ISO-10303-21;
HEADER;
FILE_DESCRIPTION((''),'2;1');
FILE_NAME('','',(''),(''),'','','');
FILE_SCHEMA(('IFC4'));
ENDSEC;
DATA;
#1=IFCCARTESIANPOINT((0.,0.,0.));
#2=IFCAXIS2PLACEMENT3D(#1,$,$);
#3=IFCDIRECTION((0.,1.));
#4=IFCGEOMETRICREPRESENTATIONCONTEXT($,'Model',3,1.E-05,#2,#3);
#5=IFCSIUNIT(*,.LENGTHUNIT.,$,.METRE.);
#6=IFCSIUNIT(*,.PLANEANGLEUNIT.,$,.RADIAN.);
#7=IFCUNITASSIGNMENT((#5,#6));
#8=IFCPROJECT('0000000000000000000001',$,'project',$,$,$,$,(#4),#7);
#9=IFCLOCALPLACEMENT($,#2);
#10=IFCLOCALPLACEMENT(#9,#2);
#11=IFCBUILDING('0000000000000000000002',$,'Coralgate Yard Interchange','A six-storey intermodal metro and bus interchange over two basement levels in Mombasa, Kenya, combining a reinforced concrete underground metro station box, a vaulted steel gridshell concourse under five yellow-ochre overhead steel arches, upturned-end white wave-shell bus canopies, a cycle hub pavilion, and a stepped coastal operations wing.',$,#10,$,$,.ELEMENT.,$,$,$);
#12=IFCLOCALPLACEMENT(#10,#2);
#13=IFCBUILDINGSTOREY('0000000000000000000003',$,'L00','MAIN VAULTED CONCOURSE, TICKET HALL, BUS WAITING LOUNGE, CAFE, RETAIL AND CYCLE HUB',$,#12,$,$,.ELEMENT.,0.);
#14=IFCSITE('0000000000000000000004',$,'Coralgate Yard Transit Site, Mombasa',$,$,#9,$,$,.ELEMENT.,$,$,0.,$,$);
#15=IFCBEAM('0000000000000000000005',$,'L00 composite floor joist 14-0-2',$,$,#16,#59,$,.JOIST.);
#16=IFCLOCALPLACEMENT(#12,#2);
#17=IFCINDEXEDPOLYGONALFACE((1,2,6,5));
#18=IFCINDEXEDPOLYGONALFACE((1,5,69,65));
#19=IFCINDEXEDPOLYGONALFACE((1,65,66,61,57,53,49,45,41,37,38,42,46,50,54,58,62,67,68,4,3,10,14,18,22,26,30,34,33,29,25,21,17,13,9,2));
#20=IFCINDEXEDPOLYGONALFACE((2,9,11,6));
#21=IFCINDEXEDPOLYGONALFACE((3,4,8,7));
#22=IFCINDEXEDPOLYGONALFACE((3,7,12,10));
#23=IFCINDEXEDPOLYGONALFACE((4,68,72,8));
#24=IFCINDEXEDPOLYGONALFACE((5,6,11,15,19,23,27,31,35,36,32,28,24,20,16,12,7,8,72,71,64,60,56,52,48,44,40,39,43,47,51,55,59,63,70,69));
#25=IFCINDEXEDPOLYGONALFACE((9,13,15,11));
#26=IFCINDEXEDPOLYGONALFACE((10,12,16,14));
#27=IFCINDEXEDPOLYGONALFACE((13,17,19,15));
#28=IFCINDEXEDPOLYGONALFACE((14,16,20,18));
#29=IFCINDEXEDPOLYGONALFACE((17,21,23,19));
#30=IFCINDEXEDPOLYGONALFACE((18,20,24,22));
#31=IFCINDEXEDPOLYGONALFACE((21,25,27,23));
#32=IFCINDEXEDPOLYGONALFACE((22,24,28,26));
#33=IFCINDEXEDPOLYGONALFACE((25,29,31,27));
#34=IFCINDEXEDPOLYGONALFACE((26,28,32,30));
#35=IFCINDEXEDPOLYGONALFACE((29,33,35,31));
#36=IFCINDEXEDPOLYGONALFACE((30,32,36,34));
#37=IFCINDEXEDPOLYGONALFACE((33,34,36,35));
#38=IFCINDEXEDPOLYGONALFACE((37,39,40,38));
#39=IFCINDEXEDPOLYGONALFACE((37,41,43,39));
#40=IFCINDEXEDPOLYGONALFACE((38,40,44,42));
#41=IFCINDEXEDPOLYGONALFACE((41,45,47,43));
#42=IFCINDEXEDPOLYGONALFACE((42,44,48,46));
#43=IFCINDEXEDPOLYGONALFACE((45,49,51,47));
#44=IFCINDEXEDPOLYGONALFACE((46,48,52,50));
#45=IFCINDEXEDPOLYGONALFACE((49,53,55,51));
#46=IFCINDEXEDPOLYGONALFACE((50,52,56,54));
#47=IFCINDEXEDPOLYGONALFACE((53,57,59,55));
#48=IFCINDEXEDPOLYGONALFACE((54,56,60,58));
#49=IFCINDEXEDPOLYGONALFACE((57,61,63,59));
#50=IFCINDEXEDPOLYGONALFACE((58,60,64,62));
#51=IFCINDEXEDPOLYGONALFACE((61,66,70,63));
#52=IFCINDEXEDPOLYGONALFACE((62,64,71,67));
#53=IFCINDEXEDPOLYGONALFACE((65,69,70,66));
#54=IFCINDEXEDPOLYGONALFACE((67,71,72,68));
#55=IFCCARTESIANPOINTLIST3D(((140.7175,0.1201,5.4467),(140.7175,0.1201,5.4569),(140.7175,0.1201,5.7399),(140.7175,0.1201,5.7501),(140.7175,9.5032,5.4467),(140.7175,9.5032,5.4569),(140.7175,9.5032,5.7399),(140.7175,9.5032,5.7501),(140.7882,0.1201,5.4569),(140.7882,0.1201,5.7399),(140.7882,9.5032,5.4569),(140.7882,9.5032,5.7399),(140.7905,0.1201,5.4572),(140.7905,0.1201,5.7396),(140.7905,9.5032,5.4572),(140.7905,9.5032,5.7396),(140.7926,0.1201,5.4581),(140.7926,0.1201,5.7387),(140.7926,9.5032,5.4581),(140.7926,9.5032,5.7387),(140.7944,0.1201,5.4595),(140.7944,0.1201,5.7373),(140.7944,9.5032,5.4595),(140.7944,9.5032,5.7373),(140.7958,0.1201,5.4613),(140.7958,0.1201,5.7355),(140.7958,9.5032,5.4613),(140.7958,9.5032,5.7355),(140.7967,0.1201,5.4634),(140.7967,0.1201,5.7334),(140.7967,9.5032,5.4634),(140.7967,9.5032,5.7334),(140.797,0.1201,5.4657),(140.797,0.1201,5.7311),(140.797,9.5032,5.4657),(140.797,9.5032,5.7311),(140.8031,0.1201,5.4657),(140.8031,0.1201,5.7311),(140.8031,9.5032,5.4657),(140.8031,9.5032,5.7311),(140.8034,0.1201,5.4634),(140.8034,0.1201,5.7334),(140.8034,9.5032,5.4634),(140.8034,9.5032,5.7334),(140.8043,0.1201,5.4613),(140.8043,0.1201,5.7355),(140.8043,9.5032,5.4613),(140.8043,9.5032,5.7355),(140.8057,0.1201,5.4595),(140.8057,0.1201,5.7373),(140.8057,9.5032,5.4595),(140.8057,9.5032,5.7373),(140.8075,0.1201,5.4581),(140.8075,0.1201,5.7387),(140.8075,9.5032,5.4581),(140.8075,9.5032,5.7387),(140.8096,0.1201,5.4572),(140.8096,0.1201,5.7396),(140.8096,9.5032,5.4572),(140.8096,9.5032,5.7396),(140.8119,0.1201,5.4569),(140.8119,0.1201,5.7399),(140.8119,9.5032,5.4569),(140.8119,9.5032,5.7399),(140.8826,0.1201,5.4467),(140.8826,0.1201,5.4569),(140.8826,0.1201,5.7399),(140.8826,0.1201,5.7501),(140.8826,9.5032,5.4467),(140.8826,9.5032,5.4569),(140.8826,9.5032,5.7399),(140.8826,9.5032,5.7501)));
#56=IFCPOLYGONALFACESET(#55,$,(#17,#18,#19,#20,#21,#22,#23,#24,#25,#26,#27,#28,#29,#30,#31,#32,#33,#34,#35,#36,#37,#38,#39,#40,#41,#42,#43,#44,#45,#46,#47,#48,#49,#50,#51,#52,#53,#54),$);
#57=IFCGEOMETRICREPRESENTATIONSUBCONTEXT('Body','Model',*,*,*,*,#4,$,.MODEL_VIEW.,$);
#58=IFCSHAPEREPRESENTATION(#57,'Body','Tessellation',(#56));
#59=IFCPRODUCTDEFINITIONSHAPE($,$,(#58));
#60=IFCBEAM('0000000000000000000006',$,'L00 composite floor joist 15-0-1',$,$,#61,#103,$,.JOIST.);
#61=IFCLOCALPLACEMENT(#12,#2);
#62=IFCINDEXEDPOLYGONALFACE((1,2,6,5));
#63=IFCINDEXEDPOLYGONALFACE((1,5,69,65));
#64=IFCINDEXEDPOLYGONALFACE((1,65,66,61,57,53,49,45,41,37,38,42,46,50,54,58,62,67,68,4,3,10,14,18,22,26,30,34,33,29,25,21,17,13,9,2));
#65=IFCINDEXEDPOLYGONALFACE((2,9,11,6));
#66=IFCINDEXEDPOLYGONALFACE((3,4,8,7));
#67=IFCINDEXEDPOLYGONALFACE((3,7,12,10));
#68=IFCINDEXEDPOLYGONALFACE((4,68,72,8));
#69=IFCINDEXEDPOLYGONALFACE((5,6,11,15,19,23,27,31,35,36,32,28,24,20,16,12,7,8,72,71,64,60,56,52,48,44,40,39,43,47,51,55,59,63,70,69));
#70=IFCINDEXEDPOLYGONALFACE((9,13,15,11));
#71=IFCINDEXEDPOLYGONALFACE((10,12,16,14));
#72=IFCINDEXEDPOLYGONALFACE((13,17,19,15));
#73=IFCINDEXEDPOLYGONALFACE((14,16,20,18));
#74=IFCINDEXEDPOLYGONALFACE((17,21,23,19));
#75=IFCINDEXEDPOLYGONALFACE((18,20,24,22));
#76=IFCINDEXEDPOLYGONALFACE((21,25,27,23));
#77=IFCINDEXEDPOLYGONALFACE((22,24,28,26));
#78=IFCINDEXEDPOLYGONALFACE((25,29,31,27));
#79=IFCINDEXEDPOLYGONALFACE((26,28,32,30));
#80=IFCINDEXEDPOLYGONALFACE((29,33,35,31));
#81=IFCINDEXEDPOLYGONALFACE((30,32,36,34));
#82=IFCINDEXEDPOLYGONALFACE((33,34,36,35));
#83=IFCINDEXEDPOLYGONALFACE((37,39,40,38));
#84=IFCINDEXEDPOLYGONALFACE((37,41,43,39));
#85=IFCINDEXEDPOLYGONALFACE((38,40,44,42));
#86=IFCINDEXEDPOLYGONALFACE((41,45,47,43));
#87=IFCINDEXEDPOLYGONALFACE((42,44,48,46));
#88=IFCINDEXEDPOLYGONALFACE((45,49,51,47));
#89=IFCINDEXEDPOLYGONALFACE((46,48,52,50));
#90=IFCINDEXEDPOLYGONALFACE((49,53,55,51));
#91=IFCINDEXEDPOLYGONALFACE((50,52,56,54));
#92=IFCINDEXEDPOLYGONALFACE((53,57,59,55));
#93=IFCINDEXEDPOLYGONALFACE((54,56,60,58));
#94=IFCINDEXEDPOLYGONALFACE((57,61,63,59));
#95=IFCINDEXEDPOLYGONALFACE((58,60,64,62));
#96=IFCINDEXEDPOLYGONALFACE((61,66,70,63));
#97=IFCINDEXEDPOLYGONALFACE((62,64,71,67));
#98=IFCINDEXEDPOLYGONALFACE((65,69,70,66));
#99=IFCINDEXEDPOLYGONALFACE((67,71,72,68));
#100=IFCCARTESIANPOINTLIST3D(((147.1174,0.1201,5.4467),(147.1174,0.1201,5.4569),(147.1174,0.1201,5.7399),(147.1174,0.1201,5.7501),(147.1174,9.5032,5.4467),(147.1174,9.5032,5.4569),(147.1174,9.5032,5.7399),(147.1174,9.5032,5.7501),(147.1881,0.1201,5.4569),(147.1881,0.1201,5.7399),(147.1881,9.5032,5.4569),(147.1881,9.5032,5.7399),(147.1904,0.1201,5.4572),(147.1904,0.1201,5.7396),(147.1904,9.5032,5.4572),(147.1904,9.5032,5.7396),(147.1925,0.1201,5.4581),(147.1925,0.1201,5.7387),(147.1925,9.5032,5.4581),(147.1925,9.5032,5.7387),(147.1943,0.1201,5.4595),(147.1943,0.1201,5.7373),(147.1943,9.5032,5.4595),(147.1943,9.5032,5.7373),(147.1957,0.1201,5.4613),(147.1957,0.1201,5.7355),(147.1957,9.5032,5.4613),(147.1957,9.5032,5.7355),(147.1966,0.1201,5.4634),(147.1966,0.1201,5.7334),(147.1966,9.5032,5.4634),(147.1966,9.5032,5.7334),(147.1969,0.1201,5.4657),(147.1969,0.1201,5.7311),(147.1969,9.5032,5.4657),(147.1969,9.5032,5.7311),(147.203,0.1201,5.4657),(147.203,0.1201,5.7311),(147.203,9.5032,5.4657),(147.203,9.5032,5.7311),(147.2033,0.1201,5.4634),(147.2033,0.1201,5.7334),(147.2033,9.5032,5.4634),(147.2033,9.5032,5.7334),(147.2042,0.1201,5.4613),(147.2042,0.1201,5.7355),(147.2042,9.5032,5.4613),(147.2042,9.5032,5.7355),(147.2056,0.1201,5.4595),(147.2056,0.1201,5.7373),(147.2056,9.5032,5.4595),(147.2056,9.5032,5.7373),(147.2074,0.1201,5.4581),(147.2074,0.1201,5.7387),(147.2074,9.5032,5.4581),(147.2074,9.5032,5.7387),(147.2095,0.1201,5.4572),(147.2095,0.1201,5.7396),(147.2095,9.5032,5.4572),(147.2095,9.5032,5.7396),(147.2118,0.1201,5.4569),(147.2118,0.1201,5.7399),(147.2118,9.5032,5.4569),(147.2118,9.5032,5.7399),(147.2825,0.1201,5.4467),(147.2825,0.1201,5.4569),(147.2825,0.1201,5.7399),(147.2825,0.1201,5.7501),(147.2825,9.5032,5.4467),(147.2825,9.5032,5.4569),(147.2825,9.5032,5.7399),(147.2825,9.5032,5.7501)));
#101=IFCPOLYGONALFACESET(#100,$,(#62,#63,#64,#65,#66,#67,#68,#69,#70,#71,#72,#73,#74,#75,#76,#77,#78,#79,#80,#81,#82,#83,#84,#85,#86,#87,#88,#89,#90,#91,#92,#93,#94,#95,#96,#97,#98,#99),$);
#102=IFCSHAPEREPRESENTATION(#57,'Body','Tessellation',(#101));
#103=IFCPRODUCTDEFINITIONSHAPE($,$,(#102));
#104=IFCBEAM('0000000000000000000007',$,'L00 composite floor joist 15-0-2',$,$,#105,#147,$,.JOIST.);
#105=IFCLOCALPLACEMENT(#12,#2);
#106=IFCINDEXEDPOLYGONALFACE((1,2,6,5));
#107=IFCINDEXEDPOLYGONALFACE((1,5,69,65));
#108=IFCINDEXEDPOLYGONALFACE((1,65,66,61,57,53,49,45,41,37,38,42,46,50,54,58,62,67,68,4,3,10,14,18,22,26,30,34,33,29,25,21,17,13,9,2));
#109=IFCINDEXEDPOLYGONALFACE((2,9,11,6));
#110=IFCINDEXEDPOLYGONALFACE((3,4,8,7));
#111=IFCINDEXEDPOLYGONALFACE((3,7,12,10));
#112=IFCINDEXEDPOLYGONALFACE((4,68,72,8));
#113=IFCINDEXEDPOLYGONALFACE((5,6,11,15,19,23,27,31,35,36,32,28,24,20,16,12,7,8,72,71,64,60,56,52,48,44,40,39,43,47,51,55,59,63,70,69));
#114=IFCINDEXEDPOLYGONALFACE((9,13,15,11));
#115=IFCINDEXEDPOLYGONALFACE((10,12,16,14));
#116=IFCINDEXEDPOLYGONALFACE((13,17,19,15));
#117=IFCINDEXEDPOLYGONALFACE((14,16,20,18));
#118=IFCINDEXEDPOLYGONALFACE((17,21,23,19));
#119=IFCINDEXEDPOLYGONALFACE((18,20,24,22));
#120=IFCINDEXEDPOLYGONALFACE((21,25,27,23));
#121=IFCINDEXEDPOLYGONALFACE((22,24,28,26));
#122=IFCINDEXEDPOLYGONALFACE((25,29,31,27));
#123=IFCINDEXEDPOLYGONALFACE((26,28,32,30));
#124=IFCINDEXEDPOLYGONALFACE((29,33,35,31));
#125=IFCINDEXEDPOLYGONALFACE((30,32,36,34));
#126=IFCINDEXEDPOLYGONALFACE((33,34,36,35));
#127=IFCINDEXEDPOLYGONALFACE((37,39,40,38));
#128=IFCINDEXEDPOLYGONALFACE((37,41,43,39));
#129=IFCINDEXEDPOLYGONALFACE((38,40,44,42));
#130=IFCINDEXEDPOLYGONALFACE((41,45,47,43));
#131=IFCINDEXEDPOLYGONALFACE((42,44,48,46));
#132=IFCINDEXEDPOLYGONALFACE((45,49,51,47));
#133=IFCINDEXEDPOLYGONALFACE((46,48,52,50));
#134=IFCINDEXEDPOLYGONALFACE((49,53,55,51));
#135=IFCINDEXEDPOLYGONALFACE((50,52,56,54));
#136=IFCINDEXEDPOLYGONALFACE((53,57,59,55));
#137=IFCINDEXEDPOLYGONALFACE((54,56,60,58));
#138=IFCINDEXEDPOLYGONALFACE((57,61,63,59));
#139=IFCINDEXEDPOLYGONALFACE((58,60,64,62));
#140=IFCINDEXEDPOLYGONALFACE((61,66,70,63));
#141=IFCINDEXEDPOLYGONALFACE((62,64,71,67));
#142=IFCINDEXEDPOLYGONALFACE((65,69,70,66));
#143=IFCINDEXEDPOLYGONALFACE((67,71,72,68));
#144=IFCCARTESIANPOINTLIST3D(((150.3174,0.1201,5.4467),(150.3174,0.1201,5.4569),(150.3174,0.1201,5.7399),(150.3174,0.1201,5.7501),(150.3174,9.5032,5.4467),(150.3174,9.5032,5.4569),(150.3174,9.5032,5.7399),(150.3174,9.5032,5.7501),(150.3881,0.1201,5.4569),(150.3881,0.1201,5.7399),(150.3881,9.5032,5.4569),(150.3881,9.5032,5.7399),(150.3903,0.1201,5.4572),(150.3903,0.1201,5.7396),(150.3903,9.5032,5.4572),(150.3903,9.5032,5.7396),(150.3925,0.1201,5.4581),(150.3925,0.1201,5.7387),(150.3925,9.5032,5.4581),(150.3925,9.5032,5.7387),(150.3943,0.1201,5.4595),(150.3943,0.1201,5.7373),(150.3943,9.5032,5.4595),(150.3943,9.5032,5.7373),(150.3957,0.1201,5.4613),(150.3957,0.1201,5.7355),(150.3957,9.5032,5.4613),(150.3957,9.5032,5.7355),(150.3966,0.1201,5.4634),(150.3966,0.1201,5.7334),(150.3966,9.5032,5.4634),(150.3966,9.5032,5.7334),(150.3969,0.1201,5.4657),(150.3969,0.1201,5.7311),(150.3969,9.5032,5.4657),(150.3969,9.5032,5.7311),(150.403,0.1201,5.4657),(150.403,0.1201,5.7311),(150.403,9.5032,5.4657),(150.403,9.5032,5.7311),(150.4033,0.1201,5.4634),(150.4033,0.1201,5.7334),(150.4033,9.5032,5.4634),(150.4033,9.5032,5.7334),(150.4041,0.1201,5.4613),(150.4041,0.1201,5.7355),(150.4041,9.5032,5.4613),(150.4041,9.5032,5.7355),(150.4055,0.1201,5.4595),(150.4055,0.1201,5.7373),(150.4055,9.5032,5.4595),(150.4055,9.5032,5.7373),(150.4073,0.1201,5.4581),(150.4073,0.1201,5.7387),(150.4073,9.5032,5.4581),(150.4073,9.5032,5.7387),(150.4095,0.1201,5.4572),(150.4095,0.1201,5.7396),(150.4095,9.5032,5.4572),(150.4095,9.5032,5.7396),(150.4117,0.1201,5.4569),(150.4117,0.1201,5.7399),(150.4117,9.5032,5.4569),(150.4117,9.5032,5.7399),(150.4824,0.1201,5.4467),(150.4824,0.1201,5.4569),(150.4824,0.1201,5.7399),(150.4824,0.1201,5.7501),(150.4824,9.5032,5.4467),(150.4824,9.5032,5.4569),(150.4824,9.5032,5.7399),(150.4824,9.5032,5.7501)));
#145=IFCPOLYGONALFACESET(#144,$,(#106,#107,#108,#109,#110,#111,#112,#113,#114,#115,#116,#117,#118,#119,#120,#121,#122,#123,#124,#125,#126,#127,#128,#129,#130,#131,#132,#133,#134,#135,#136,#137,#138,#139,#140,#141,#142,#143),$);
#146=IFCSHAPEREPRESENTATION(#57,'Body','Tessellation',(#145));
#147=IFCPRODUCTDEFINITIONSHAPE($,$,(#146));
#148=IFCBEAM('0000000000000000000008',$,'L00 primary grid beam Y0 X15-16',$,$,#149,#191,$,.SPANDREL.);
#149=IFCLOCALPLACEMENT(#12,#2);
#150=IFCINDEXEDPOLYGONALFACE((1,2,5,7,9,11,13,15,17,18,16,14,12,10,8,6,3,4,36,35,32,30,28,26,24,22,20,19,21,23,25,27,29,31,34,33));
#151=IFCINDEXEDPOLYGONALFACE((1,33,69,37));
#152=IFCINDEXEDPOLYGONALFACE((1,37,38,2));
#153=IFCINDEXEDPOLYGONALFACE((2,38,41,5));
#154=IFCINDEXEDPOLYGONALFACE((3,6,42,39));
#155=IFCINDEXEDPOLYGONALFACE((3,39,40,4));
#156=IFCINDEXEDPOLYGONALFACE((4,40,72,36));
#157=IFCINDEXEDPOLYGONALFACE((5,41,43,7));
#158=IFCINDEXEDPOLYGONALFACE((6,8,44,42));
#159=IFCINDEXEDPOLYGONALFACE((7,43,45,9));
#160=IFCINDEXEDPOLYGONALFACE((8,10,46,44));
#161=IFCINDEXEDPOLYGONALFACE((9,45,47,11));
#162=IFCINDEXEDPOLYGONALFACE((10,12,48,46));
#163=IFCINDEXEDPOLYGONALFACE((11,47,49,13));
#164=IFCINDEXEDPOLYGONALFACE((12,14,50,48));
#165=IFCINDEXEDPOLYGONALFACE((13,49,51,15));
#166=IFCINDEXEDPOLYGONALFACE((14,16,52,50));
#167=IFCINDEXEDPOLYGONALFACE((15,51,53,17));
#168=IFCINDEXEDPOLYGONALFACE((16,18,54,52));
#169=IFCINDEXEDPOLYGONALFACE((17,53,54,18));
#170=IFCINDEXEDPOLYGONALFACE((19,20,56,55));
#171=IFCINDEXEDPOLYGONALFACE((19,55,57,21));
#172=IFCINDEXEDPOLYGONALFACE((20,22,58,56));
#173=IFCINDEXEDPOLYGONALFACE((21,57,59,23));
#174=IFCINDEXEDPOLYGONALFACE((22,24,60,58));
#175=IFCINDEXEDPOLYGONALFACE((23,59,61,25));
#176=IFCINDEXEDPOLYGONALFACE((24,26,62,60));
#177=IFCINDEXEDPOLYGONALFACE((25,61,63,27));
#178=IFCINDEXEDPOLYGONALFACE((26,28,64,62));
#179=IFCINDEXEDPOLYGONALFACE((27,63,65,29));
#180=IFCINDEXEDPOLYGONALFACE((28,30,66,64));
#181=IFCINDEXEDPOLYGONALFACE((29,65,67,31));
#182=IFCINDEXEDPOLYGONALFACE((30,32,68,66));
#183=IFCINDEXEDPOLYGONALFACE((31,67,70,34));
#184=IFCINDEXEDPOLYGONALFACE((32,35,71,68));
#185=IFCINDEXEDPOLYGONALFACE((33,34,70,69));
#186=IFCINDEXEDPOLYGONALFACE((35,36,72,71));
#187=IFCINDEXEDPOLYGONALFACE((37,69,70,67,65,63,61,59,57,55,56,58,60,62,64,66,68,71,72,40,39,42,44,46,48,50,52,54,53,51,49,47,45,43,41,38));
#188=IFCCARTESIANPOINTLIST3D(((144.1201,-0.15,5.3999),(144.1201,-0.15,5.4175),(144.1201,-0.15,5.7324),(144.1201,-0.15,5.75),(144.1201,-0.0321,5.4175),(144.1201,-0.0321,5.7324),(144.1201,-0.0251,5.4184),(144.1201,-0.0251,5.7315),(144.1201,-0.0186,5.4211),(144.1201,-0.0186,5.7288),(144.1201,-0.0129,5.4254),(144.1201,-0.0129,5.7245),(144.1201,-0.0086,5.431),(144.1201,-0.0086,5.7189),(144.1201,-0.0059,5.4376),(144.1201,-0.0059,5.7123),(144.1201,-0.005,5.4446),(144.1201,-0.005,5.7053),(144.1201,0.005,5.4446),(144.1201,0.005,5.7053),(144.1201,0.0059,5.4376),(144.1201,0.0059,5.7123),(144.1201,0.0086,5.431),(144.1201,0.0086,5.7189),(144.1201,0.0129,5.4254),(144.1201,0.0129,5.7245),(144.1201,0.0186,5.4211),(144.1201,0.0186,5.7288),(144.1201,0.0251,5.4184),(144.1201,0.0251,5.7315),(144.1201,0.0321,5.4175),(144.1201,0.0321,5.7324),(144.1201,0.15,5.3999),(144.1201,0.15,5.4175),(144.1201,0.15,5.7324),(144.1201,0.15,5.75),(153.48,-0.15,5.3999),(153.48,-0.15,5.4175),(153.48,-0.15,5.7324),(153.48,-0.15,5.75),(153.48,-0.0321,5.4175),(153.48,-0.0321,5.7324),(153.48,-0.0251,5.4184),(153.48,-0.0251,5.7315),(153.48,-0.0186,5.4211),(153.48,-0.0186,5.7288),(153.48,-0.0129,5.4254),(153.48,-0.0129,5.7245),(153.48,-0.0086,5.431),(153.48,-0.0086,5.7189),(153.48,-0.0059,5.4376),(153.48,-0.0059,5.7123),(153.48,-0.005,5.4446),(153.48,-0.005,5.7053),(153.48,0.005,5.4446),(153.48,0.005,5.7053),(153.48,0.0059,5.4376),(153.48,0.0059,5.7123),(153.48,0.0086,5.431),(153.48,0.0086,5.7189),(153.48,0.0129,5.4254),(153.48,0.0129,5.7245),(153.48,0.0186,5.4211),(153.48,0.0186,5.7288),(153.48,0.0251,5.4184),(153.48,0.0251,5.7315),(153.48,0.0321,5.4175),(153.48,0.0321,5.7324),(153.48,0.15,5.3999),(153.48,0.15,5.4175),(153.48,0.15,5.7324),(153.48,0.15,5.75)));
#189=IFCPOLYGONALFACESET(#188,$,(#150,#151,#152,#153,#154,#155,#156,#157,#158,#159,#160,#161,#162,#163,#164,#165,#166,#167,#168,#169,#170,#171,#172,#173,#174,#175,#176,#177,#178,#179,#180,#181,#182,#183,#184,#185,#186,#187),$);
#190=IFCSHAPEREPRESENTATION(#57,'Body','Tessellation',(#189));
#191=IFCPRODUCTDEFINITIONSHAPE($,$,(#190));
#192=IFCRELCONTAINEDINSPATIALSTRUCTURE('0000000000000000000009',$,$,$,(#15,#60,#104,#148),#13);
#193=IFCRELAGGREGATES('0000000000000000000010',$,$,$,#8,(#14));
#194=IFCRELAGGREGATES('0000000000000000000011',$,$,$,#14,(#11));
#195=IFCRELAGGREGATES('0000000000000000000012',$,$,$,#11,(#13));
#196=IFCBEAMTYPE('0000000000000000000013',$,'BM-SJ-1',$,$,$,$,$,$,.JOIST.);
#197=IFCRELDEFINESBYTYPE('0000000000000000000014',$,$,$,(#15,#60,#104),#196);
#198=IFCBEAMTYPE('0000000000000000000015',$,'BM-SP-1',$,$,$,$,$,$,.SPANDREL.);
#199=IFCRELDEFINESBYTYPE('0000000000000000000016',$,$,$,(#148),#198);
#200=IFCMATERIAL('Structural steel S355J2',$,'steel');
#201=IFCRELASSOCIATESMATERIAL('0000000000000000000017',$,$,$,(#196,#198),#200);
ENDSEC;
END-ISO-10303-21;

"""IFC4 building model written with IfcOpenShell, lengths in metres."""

from ifc_helpers import new_model, si_unit, direction, frame, origin, origin_2d, place, context, subcontext, project, spatial, i_section, extrude, material, material_profile, profile_set, type_object, element, save


model = new_model("IFC4")

# Units and contexts
model_context = context("Model", 3, precision=1e-05, world=origin(), true_north=direction((0.0, 1.0)))
body_context = subcontext(model_context, "Body", "Model", "MODEL_VIEW")
ifc_project = project(units=[si_unit("LENGTHUNIT", "METRE"), si_unit("PLANEANGLEUNIT", "RADIAN")], contexts=[model_context])

# Site, building, storey
site_placement = place(None, origin())
site = spatial("IfcSite", under=ifc_project, at=site_placement, Name="Coralgate Yard Transit Site, Mombasa", CompositionType="ELEMENT", RefElevation=0.0)
building_placement = place(site_placement, origin())
building = spatial("IfcBuilding", under=site, at=building_placement, Name="Coralgate Yard Interchange", Description="A six-storey intermodal metro and bus interchange over two basement levels in Mombasa, Kenya, combining a reinforced concrete underground metro station box, a vaulted steel gridshell concourse under five yellow-ochre overhead steel arches, upturned-end white wave-shell bus canopies, a cycle hub pavilion, and a stepped coastal operations wing.", CompositionType="ELEMENT")
storey_placement = place(building_placement, origin())
storey = spatial("IfcBuildingStorey", under=building, at=storey_placement, Name="L00", Description="MAIN VAULTED CONCOURSE, TICKET HALL, BUS WAITING LOUNGE, CAFE, RETAIL AND CYCLE HUB", CompositionType="ELEMENT", Elevation=0.0)

# Shared definitions
ifc_material_1 = material(Name="Structural steel S355J2", Category="steel")

# Beams
ifc_material_profile_1 = material_profile(ifc_material_1, i_section(OverallWidth=0.165, OverallDepth=0.3035, WebThickness=0.0061, FlangeThickness=0.0103, FilletRadius=0.0088, at=origin_2d()), Name="UB 305x165x40")
ifc_profile_set_1 = profile_set([ifc_material_profile_1], Name="Structural steel S355J2")
beam_type_1 = type_object("IfcBeamType", Name="BM-SJ-1", PredefinedType="JOIST", material=ifc_profile_set_1)
for number, where, z_axis, x_axis, name in (
    (1, (140.8, 0.1201, 5.5984), (0.0, 1.0, 0.0), (-1.0, 0.0, 0.0), "L00 composite floor joist 14-0-2"),
    (2, (147.2, 0.1201, 5.5984), (0.0, 1.0, 0.0), (-1.0, 0.0, 0.0), "L00 composite floor joist 15-0-1"),
    (3, (150.3999, 0.1201, 5.5984), (0.0, 1.0, 0.0), (-1.0, 0.0, 0.0), "L00 composite floor joist 15-0-2"),
):
    element("IfcBeam", number, at=place(storey_placement, frame(where, z_axis=z_axis, x_axis=x_axis)), inside=storey, type_object=beam_type_1, Name=name, PredefinedType="JOIST", context=body_context, shape_type="SweptSolid", body=[
        extrude(i_section(OverallWidth=0.165, OverallDepth=0.3035, WebThickness=0.0061, FlangeThickness=0.0103, FilletRadius=0.0088, at=origin_2d()), origin(), (0.0, 0.0, 1.0), 9.3831),
    ])
ifc_material_profile_2 = material_profile(ifc_material_1, i_section(OverallWidth=0.3, OverallDepth=0.3501, WebThickness=0.01, FlangeThickness=0.0176, FilletRadius=0.0271, at=origin_2d()), Name="HEA 360")
ifc_profile_set_2 = profile_set([ifc_material_profile_2], Name="Structural steel S355J2")
beam_type_2 = type_object("IfcBeamType", Name="BM-SP-1", PredefinedType="SPANDREL", material=ifc_profile_set_2)
beam_placement = place(storey_placement, frame((144.1201, 0.0, 5.575), z_axis=(1.0, 0.0, 0.0), x_axis=(0.0, 1.0, 0.0)))
element("IfcBeam", 4, at=beam_placement, inside=storey, type_object=beam_type_2, Name="L00 primary grid beam Y0 X15-16", PredefinedType="SPANDREL", context=body_context, shape_type="SweptSolid", body=[
    extrude(i_section(OverallWidth=0.3, OverallDepth=0.3501, WebThickness=0.01, FlangeThickness=0.0176, FilletRadius=0.0271, at=origin_2d()), origin(), (0.0, 0.0, 1.0), 9.3599),
])

save(model, "model.ifc")
